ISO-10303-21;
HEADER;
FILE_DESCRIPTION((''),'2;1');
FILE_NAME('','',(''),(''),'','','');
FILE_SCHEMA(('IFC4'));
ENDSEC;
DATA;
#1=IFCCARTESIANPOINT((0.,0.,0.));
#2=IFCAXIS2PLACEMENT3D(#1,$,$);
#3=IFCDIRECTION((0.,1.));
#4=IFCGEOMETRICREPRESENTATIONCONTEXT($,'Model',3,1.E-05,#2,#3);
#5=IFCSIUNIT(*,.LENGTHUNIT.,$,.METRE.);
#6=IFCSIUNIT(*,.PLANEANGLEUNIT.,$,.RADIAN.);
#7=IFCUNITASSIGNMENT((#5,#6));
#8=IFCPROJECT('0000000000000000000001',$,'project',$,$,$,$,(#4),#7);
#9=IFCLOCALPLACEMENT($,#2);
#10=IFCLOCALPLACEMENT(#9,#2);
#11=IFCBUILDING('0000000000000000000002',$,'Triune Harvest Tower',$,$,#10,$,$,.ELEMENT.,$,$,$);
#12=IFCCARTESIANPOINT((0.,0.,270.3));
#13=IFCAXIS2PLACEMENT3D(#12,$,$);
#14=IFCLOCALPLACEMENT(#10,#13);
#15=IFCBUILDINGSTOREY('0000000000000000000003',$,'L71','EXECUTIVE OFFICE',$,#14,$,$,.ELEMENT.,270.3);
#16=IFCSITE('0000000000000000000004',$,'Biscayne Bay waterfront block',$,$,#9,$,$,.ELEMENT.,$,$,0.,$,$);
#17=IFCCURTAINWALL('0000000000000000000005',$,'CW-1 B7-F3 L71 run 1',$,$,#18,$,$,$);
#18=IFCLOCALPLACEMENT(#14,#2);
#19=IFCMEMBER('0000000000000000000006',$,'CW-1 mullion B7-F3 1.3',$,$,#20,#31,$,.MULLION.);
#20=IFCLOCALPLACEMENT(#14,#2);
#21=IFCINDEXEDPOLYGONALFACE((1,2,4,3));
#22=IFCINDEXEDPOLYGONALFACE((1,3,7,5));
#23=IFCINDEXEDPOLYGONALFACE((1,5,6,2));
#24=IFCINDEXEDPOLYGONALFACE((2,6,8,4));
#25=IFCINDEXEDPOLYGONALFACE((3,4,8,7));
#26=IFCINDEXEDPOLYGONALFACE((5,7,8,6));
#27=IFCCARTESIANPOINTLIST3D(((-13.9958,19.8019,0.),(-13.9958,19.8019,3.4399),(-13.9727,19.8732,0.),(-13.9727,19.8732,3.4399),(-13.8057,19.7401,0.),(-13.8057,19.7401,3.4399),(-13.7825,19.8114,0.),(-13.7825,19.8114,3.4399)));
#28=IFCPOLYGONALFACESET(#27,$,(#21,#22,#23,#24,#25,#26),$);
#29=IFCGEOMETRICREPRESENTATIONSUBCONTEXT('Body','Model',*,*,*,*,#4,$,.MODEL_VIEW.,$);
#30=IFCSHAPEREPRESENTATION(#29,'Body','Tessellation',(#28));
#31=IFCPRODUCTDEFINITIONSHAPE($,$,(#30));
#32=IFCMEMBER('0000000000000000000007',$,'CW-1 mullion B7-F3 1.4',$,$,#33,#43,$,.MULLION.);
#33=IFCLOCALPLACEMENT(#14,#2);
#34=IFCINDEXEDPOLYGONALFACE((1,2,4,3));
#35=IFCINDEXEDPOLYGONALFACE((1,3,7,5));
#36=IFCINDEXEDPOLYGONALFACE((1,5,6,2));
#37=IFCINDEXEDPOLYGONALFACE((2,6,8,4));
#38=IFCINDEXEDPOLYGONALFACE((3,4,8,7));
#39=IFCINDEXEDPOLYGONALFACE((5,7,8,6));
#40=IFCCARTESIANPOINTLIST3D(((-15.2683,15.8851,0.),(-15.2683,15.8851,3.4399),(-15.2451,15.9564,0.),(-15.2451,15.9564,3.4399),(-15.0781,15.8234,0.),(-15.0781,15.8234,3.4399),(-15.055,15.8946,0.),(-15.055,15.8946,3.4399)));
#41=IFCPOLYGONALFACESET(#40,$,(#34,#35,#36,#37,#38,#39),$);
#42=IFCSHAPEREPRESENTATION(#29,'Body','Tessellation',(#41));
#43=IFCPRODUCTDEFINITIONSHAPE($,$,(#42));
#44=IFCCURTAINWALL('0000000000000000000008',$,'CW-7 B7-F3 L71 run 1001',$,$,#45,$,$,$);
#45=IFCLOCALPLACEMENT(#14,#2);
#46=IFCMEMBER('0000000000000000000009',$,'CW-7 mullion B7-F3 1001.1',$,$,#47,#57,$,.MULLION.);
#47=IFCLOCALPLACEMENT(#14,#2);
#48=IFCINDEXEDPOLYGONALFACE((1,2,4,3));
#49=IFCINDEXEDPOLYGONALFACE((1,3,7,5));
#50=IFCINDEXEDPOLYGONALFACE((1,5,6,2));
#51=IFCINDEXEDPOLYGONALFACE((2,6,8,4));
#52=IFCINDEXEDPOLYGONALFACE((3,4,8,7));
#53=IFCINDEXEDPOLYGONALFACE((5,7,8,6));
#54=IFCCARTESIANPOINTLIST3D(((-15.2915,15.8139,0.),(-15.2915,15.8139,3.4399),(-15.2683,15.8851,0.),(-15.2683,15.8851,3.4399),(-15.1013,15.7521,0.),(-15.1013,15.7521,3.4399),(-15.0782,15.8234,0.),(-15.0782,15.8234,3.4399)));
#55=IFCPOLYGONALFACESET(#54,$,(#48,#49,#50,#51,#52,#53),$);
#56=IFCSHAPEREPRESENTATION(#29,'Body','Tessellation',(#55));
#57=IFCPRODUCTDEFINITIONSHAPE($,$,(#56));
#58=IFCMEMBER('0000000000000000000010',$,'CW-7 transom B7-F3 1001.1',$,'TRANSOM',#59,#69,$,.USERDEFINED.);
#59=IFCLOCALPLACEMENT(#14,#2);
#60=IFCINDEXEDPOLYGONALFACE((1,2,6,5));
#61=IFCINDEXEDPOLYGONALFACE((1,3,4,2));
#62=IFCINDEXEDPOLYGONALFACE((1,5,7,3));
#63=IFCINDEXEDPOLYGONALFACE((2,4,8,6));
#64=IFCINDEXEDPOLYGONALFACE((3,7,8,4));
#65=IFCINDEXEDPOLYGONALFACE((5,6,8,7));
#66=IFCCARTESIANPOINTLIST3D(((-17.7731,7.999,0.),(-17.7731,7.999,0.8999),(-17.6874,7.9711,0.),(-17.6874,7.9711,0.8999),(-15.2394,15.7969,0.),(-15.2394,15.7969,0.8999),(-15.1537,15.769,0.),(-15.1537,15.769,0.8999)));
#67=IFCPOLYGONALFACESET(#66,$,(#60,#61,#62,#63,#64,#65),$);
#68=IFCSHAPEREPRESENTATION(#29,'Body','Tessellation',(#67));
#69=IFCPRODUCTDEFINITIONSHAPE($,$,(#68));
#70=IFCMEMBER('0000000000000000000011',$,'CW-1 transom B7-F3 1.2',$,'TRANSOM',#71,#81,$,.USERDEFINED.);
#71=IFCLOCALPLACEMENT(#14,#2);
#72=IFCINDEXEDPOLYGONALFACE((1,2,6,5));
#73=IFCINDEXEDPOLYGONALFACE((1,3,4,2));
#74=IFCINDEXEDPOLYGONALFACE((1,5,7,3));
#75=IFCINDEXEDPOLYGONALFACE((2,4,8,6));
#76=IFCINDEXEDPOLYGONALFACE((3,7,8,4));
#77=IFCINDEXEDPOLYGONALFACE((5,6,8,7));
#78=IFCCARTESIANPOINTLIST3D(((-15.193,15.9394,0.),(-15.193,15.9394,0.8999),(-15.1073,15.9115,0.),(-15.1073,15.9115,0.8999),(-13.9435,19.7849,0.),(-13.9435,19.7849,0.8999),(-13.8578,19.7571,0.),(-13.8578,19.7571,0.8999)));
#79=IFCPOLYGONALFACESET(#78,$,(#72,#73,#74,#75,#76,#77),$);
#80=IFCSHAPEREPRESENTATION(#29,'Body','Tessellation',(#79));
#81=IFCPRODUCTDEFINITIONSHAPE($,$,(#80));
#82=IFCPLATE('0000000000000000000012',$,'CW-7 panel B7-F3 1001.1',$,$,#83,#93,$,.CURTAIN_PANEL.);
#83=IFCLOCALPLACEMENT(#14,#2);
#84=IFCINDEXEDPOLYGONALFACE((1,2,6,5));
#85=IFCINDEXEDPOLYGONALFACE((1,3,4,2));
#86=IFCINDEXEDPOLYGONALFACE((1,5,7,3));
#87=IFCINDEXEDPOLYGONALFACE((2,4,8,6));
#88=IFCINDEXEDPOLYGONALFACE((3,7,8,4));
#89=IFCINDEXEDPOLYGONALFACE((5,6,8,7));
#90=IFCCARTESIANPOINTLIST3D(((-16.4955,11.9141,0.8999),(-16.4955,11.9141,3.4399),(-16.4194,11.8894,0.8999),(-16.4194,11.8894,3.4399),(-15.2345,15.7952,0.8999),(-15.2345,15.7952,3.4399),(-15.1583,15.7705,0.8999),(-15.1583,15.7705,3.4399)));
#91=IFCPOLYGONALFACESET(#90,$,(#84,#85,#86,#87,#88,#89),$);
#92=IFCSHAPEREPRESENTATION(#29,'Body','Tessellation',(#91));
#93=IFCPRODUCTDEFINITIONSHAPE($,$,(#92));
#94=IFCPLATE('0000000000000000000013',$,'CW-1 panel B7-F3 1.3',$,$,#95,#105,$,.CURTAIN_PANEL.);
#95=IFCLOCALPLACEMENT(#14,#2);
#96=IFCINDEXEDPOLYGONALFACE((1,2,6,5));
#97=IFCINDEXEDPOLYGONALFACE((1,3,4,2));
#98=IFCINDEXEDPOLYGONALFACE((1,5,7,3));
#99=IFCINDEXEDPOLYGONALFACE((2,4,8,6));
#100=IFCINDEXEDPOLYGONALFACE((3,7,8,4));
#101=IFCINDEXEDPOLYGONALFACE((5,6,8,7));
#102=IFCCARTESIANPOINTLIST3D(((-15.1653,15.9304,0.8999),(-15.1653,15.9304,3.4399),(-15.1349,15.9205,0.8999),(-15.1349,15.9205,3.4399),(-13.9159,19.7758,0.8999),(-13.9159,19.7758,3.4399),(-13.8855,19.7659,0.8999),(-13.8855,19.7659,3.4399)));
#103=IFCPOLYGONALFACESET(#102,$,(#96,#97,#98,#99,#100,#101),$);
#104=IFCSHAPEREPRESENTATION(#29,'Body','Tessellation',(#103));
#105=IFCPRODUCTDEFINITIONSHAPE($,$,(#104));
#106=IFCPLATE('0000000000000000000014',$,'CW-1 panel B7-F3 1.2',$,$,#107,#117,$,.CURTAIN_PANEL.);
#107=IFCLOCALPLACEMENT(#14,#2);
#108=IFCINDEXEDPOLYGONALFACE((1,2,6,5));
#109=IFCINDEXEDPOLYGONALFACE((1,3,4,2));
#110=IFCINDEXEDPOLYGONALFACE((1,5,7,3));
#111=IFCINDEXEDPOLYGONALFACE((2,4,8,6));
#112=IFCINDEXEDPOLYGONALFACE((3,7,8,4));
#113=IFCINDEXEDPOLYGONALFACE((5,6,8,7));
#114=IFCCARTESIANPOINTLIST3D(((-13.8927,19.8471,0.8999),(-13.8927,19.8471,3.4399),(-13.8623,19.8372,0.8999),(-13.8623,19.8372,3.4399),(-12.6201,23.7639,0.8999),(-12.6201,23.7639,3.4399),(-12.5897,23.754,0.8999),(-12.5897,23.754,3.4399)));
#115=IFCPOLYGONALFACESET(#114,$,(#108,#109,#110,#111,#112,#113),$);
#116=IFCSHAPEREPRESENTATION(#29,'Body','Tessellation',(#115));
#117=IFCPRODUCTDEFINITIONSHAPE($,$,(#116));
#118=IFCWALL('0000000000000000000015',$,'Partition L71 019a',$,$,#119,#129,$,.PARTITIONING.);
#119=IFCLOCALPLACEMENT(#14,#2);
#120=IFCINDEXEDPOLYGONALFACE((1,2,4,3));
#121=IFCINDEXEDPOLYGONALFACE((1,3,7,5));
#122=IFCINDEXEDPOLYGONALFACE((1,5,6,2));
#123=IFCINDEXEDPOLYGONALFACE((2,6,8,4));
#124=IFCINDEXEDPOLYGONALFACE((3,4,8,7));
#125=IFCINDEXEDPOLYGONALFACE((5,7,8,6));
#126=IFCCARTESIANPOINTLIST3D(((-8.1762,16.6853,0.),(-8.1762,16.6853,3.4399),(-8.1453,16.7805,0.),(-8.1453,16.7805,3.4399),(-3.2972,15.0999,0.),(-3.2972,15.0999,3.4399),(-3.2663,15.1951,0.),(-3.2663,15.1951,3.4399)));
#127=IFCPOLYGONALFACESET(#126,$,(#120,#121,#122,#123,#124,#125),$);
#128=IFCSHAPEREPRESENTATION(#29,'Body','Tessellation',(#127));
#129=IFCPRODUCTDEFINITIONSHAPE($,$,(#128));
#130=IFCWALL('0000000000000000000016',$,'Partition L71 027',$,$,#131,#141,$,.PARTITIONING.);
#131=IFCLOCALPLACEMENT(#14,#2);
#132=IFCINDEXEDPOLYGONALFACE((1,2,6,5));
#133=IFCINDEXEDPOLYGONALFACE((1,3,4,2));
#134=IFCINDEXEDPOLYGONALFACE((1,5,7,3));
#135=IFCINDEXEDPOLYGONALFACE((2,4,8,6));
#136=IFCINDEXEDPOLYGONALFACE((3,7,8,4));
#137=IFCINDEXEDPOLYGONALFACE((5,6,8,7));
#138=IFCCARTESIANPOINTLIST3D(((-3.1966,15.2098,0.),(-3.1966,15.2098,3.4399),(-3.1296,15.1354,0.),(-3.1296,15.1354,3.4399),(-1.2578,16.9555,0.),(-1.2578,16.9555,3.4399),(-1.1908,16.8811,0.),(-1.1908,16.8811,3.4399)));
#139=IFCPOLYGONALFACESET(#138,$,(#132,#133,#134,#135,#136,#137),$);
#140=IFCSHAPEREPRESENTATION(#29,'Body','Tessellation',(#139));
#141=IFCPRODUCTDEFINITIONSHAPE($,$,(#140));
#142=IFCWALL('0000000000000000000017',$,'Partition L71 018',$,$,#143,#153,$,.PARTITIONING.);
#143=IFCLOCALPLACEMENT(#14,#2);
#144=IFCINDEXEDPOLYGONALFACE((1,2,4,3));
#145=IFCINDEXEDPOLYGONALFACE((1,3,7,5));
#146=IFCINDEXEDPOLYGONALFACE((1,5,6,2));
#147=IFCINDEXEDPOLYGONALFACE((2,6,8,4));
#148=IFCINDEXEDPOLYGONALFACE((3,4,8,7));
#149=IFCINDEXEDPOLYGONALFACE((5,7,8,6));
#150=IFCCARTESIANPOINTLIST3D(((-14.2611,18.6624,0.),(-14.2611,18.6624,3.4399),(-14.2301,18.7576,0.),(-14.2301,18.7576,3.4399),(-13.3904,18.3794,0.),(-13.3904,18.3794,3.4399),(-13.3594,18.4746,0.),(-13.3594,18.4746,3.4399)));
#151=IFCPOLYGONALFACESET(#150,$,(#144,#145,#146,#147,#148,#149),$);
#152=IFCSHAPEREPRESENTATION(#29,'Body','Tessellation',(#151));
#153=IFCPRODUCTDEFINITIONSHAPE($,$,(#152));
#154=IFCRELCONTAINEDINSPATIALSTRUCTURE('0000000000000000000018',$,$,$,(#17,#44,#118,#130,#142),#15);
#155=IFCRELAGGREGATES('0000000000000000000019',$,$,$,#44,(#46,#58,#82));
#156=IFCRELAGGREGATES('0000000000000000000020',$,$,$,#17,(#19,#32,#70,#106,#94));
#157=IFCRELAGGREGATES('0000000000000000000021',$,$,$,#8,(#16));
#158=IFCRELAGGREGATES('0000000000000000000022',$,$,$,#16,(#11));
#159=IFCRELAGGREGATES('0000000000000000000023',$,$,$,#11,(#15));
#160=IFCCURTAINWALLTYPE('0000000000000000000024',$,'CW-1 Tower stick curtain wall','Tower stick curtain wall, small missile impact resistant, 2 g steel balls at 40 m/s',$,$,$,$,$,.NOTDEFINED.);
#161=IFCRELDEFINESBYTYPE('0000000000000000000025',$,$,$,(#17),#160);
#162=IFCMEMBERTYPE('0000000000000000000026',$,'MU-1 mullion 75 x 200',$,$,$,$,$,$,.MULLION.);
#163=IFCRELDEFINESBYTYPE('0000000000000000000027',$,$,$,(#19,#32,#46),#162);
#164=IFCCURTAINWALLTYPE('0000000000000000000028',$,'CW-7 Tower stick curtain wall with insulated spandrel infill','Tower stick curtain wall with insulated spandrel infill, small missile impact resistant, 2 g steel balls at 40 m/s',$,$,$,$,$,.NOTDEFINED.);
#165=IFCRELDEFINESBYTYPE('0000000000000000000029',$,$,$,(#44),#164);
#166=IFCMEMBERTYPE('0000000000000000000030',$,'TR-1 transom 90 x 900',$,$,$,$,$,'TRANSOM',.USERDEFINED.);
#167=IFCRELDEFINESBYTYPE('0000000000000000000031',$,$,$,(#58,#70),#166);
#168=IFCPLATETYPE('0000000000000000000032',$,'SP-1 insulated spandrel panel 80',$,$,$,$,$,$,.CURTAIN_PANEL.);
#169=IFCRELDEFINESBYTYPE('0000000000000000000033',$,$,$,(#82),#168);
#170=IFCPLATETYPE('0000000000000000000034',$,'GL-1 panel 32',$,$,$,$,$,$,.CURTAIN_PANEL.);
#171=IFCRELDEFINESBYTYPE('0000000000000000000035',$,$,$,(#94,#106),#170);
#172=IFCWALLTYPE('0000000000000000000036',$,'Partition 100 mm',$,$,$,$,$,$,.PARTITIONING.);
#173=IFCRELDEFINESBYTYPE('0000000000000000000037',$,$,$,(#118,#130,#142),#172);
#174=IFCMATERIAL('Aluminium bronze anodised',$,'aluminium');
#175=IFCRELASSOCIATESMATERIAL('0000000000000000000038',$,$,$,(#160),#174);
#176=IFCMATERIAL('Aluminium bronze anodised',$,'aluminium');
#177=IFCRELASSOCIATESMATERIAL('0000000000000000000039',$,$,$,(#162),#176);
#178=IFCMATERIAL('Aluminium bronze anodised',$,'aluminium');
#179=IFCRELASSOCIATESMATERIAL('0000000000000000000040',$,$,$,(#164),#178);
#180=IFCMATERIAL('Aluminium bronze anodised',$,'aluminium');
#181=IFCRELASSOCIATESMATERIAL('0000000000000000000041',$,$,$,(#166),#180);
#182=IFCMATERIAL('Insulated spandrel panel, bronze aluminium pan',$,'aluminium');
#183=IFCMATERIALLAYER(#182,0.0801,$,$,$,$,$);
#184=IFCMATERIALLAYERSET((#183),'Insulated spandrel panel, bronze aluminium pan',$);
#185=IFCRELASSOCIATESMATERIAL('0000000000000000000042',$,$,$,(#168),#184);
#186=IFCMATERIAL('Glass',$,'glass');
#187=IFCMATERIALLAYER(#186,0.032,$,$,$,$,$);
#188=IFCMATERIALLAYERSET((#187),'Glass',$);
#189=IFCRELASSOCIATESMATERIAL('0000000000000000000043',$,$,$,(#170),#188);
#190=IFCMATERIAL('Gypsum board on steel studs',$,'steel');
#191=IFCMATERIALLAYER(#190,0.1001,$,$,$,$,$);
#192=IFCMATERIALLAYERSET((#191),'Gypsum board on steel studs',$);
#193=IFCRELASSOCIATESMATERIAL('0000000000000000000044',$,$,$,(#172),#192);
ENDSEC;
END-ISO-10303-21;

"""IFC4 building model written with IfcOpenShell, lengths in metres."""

from ifc_helpers import new_model, si_unit, direction, frame, frame_2d, origin, origin_2d, place, context, subcontext, project, spatial, rectangle, extrude, source, transform, mapped, material, layer, layer_set, material_profile, profile_set, type_object, element, aggregate, save


model = new_model("IFC4")

# Units and contexts
model_context = context("Model", 3, precision=1e-05, world=origin(), true_north=direction((0.0, 1.0)))
body_context = subcontext(model_context, "Body", "Model", "MODEL_VIEW")
ifc_project = project(units=[si_unit("LENGTHUNIT", "METRE"), si_unit("PLANEANGLEUNIT", "RADIAN")], contexts=[model_context])

# Site, building, storey
site_placement = place(None, origin())
site = spatial("IfcSite", under=ifc_project, at=site_placement, Name="Biscayne Bay waterfront block", CompositionType="ELEMENT", RefElevation=0.0)
building_placement = place(site_placement, origin())
building = spatial("IfcBuilding", under=site, at=building_placement, Name="Triune Harvest Tower", CompositionType="ELEMENT")
storey_placement = place(building_placement, frame((0.0, 0.0, 270.3)))
storey = spatial("IfcBuildingStorey", under=building, at=storey_placement, Name="L71", Description="EXECUTIVE OFFICE", CompositionType="ELEMENT", Elevation=270.3)

# Curtain walls, members
ifc_material_1 = material(Name="Aluminium bronze anodised", Category="aluminium")
curtain_wall_type_1 = type_object("IfcCurtainWallType", Name="CW-1 Tower stick curtain wall", Description="Tower stick curtain wall, small missile impact resistant, 2 g steel balls at 40 m/s", PredefinedType="NOTDEFINED", material=ifc_material_1)
curtain_wall_1_placement = place(storey_placement, origin())
curtain_wall_1 = element("IfcCurtainWall", 1, at=curtain_wall_1_placement, inside=storey, type_object=curtain_wall_type_1, Name="CW-1 B7-F3 L71 run 1")
ifc_material_2 = material(Name="Aluminium bronze anodised", Category="aluminium")
ifc_material_profile_1 = material_profile(ifc_material_2, rectangle(XDim=0.2, YDim=0.075, at=origin_2d()), Name="MU-1 mullion 75 x 200")
ifc_profile_set_1 = profile_set([ifc_material_profile_1], Name="Aluminium bronze anodised")
member_type_1 = type_object("IfcMemberType", Name="MU-1 mullion 75 x 200", PredefinedType="MULLION", material=ifc_profile_set_1)
shared_shape_1 = source(origin(), body_context, "Body", "SweptSolid", [
    extrude(rectangle(XDim=0.2, YDim=0.075, at=origin_2d()), origin(), (0.0, 0.0, 1.0), 3.4399),
])
member_1_placement = place(storey_placement, frame((-13.8892, 19.8066, 0.0), z_axis=(0.0, 0.0, 1.0), x_axis=(0.951058, -0.309013, 0.0)))
member_1 = element("IfcMember", 2, at=member_1_placement, type_object=member_type_1, Name="CW-1 mullion B7-F3 1.3", PredefinedType="MULLION", context=body_context, shape_type="MappedRepresentation", body=[
    mapped(shared_shape_1, transform((0.0, 0.0, 0.0), scale=1.0)),
])
member_2_placement = place(storey_placement, frame((-15.1616, 15.8899, 0.0), z_axis=(0.0, 0.0, 1.0), x_axis=(0.951058, -0.309013, 0.0)))
member_2 = element("IfcMember", 3, at=member_2_placement, type_object=member_type_1, Name="CW-1 mullion B7-F3 1.4", PredefinedType="MULLION", context=body_context, shape_type="MappedRepresentation", body=[
    mapped(shared_shape_1, transform((0.0, 0.0, 0.0), scale=1.0)),
])
ifc_material_3 = material(Name="Aluminium bronze anodised", Category="aluminium")
curtain_wall_type_2 = type_object("IfcCurtainWallType", Name="CW-7 Tower stick curtain wall with insulated spandrel infill", Description="Tower stick curtain wall with insulated spandrel infill, small missile impact resistant, 2 g steel balls at 40 m/s", PredefinedType="NOTDEFINED", material=ifc_material_3)
curtain_wall_2_placement = place(storey_placement, origin())
curtain_wall_2 = element("IfcCurtainWall", 4, at=curtain_wall_2_placement, inside=storey, type_object=curtain_wall_type_2, Name="CW-7 B7-F3 L71 run 1001")
member_3_placement = place(storey_placement, frame((-15.1848, 15.8186, 0.0), z_axis=(0.0, 0.0, 1.0), x_axis=(0.951056, -0.30902, 0.0)))
member_3 = element("IfcMember", 5, at=member_3_placement, type_object=member_type_1, Name="CW-7 mullion B7-F3 1001.1", PredefinedType="MULLION", context=body_context, shape_type="MappedRepresentation", body=[
    mapped(shared_shape_1, transform((0.0, 0.0, 0.0), scale=1.0)),
])
ifc_material_4 = material(Name="Aluminium bronze anodised", Category="aluminium")
ifc_material_profile_2 = material_profile(ifc_material_4, rectangle(XDim=0.0901, YDim=0.8999, at=origin_2d()), Name="TR-1 transom 90 x 900")
ifc_profile_set_2 = profile_set([ifc_material_profile_2], Name="Aluminium bronze anodised")
member_type_2 = type_object("IfcMemberType", Name="TR-1 transom 90 x 900", ElementType="TRANSOM", PredefinedType="USERDEFINED", material=ifc_profile_set_2)
shared_shape_2 = source(origin(), body_context, "Body", "SweptSolid", [
    extrude(rectangle(XDim=0.0901, YDim=0.8999, at=origin_2d()), origin(), (0.0, 0.0, 1.0), 8.1992),
])
member_4_placement = place(storey_placement, frame((-15.1965, 15.783, 0.45), z_axis=(-0.309019, -0.951056, 0.0), x_axis=(0.951056, -0.309019, 0.0)))
member_4 = element("IfcMember", 6, at=member_4_placement, type_object=member_type_2, Name="CW-7 transom B7-F3 1001.1", ObjectType="TRANSOM", PredefinedType="USERDEFINED", context=body_context, shape_type="MappedRepresentation", body=[
    mapped(shared_shape_2, transform((0.0, 0.0, 0.0), scale=1.0)),
])

# Member
shared_shape_3 = source(origin(), body_context, "Body", "SweptSolid", [
    extrude(rectangle(XDim=0.0901, YDim=0.8999, at=origin_2d()), origin(), (0.0, 0.0, 1.0), 4.0435),
])
member_5_placement = place(storey_placement, frame((-13.9006, 19.771, 0.45), z_axis=(-0.309027, -0.951053, 0.0), x_axis=(0.951053, -0.309027, 0.0)))
member_5 = element("IfcMember", 7, at=member_5_placement, type_object=member_type_2, Name="CW-1 transom B7-F3 1.2", ObjectType="TRANSOM", PredefinedType="USERDEFINED", context=body_context, shape_type="MappedRepresentation", body=[
    mapped(shared_shape_3, transform((0.0, 0.0, 0.0), scale=1.0)),
])

# Plates
ifc_material_5 = material(Name="Insulated spandrel panel, bronze aluminium pan", Category="aluminium")
ifc_layer_1 = layer(ifc_material_5, 0.0801)
ifc_layer_set_1 = layer_set([ifc_layer_1], Name="Insulated spandrel panel, bronze aluminium pan")
plate_type_1 = type_object("IfcPlateType", Name="SP-1 insulated spandrel panel 80", PredefinedType="CURTAIN_PANEL", material=ifc_layer_set_1)
shared_shape_4 = source(origin(), body_context, "Body", "SweptSolid", [
    extrude(rectangle(XDim=4.0808, YDim=0.0801, at=origin_2d()), origin(), (0.0, 0.0, 1.0), 2.54),
])
plate_1_placement = place(storey_placement, frame((-15.8269, 13.8423, 0.8999), z_axis=(0.0, 0.0, 1.0), x_axis=(-0.30902, -0.951056, 0.0)))
plate_1 = element("IfcPlate", 8, at=plate_1_placement, type_object=plate_type_1, Name="CW-7 panel B7-F3 1001.1", PredefinedType="CURTAIN_PANEL", context=body_context, shape_type="MappedRepresentation", body=[
    mapped(shared_shape_4, transform((0.0, 0.0, 0.0), scale=1.0)),
])
aggregate(curtain_wall_2, [member_3, member_4, plate_1])
ifc_material_6 = material(Name="Glass", Category="glass")
ifc_layer_2 = layer(ifc_material_6, 0.032)
ifc_layer_set_2 = layer_set([ifc_layer_2], Name="Glass")
plate_type_2 = type_object("IfcPlateType", Name="GL-1 panel 32", PredefinedType="CURTAIN_PANEL", material=ifc_layer_set_2)
shared_shape_5 = source(origin(), body_context, "Body", "SweptSolid", [
    extrude(rectangle(XDim=4.0432, YDim=0.032, at=origin_2d()), origin(), (0.0, 0.0, 1.0), 2.54),
])
plate_2_placement = place(storey_placement, frame((-14.5254, 17.8481, 0.8999), z_axis=(0.0, 0.0, 1.0), x_axis=(-0.309013, -0.951058, 0.0)))
plate_2 = element("IfcPlate", 9, at=plate_2_placement, type_object=plate_type_2, Name="CW-1 panel B7-F3 1.3", PredefinedType="CURTAIN_PANEL", context=body_context, shape_type="MappedRepresentation", body=[
    mapped(shared_shape_5, transform((0.0, 0.0, 0.0), scale=1.0)),
])
shared_shape_6 = source(origin(), body_context, "Body", "SweptSolid", [
    extrude(rectangle(XDim=4.1184, YDim=0.032, at=origin_2d()), origin(), (0.0, 0.0, 1.0), 2.54),
])
plate_3_placement = place(storey_placement, frame((-13.2412, 21.8005, 0.8999), z_axis=(0.0, 0.0, 1.0), x_axis=(-0.309013, -0.951058, 0.0)))
plate_3 = element("IfcPlate", 10, at=plate_3_placement, type_object=plate_type_2, Name="CW-1 panel B7-F3 1.2", PredefinedType="CURTAIN_PANEL", context=body_context, shape_type="MappedRepresentation", body=[
    mapped(shared_shape_6, transform((0.0, 0.0, 0.0), scale=1.0)),
])
aggregate(curtain_wall_1, [member_1, member_2, member_5, plate_3, plate_2])

# Walls
ifc_material_7 = material(Name="Gypsum board on steel studs", Category="steel")
ifc_layer_3 = layer(ifc_material_7, 0.1001)
ifc_layer_set_3 = layer_set([ifc_layer_3], Name="Gypsum board on steel studs")
wall_type_1 = type_object("IfcWallType", Name="Partition 100 mm", PredefinedType="PARTITIONING", material=ifc_layer_set_3)
wall_1_placement = place(storey_placement, frame((-8.1606, 16.7329, 0.0), z_axis=(0.0, 0.0, 1.0), x_axis=(0.951045, -0.309052, 0.0)))
element("IfcWall", 11, at=wall_1_placement, inside=storey, type_object=wall_type_1, Name="Partition L71 019a", PredefinedType="PARTITIONING", context=body_context, shape_type="SweptSolid", body=[
    extrude(rectangle(XDim=5.1301, YDim=0.1001, at=frame_2d((2.5649, 0.0))), origin(), (0.0, 0.0, 1.0), 3.4399),
])
wall_2_placement = place(storey_placement, frame((-3.1631, 15.1726, 0.0), z_axis=(0.0, 0.0, 1.0), x_axis=(0.74315, 0.669125, 0.0)))
element("IfcWall", 12, at=wall_2_placement, inside=storey, type_object=wall_type_1, Name="Partition L71 027", PredefinedType="PARTITIONING", context=body_context, shape_type="SweptSolid", body=[
    extrude(rectangle(XDim=2.6089, YDim=0.1001, at=frame_2d((1.3044, 0.0))), origin(), (0.0, 0.0, 1.0), 3.4399),
])
shared_shape_7 = source(origin(), body_context, "Body", "SweptSolid", [
    extrude(rectangle(XDim=0.9155, YDim=0.1001, at=frame_2d((0.4578, 0.0))), origin(), (0.0, 0.0, 1.0), 3.4399),
])
wall_3_placement = place(storey_placement, frame((-14.2456, 18.71, 0.0), z_axis=(0.0, 0.0, 1.0), x_axis=(0.95103, -0.309098, 0.0)))
element("IfcWall", 13, at=wall_3_placement, inside=storey, type_object=wall_type_1, Name="Partition L71 018", PredefinedType="PARTITIONING", context=body_context, shape_type="MappedRepresentation", body=[
    mapped(shared_shape_7, transform((0.0, 0.0, 0.0), scale=1.0)),
])

save(model, "model.ifc")
